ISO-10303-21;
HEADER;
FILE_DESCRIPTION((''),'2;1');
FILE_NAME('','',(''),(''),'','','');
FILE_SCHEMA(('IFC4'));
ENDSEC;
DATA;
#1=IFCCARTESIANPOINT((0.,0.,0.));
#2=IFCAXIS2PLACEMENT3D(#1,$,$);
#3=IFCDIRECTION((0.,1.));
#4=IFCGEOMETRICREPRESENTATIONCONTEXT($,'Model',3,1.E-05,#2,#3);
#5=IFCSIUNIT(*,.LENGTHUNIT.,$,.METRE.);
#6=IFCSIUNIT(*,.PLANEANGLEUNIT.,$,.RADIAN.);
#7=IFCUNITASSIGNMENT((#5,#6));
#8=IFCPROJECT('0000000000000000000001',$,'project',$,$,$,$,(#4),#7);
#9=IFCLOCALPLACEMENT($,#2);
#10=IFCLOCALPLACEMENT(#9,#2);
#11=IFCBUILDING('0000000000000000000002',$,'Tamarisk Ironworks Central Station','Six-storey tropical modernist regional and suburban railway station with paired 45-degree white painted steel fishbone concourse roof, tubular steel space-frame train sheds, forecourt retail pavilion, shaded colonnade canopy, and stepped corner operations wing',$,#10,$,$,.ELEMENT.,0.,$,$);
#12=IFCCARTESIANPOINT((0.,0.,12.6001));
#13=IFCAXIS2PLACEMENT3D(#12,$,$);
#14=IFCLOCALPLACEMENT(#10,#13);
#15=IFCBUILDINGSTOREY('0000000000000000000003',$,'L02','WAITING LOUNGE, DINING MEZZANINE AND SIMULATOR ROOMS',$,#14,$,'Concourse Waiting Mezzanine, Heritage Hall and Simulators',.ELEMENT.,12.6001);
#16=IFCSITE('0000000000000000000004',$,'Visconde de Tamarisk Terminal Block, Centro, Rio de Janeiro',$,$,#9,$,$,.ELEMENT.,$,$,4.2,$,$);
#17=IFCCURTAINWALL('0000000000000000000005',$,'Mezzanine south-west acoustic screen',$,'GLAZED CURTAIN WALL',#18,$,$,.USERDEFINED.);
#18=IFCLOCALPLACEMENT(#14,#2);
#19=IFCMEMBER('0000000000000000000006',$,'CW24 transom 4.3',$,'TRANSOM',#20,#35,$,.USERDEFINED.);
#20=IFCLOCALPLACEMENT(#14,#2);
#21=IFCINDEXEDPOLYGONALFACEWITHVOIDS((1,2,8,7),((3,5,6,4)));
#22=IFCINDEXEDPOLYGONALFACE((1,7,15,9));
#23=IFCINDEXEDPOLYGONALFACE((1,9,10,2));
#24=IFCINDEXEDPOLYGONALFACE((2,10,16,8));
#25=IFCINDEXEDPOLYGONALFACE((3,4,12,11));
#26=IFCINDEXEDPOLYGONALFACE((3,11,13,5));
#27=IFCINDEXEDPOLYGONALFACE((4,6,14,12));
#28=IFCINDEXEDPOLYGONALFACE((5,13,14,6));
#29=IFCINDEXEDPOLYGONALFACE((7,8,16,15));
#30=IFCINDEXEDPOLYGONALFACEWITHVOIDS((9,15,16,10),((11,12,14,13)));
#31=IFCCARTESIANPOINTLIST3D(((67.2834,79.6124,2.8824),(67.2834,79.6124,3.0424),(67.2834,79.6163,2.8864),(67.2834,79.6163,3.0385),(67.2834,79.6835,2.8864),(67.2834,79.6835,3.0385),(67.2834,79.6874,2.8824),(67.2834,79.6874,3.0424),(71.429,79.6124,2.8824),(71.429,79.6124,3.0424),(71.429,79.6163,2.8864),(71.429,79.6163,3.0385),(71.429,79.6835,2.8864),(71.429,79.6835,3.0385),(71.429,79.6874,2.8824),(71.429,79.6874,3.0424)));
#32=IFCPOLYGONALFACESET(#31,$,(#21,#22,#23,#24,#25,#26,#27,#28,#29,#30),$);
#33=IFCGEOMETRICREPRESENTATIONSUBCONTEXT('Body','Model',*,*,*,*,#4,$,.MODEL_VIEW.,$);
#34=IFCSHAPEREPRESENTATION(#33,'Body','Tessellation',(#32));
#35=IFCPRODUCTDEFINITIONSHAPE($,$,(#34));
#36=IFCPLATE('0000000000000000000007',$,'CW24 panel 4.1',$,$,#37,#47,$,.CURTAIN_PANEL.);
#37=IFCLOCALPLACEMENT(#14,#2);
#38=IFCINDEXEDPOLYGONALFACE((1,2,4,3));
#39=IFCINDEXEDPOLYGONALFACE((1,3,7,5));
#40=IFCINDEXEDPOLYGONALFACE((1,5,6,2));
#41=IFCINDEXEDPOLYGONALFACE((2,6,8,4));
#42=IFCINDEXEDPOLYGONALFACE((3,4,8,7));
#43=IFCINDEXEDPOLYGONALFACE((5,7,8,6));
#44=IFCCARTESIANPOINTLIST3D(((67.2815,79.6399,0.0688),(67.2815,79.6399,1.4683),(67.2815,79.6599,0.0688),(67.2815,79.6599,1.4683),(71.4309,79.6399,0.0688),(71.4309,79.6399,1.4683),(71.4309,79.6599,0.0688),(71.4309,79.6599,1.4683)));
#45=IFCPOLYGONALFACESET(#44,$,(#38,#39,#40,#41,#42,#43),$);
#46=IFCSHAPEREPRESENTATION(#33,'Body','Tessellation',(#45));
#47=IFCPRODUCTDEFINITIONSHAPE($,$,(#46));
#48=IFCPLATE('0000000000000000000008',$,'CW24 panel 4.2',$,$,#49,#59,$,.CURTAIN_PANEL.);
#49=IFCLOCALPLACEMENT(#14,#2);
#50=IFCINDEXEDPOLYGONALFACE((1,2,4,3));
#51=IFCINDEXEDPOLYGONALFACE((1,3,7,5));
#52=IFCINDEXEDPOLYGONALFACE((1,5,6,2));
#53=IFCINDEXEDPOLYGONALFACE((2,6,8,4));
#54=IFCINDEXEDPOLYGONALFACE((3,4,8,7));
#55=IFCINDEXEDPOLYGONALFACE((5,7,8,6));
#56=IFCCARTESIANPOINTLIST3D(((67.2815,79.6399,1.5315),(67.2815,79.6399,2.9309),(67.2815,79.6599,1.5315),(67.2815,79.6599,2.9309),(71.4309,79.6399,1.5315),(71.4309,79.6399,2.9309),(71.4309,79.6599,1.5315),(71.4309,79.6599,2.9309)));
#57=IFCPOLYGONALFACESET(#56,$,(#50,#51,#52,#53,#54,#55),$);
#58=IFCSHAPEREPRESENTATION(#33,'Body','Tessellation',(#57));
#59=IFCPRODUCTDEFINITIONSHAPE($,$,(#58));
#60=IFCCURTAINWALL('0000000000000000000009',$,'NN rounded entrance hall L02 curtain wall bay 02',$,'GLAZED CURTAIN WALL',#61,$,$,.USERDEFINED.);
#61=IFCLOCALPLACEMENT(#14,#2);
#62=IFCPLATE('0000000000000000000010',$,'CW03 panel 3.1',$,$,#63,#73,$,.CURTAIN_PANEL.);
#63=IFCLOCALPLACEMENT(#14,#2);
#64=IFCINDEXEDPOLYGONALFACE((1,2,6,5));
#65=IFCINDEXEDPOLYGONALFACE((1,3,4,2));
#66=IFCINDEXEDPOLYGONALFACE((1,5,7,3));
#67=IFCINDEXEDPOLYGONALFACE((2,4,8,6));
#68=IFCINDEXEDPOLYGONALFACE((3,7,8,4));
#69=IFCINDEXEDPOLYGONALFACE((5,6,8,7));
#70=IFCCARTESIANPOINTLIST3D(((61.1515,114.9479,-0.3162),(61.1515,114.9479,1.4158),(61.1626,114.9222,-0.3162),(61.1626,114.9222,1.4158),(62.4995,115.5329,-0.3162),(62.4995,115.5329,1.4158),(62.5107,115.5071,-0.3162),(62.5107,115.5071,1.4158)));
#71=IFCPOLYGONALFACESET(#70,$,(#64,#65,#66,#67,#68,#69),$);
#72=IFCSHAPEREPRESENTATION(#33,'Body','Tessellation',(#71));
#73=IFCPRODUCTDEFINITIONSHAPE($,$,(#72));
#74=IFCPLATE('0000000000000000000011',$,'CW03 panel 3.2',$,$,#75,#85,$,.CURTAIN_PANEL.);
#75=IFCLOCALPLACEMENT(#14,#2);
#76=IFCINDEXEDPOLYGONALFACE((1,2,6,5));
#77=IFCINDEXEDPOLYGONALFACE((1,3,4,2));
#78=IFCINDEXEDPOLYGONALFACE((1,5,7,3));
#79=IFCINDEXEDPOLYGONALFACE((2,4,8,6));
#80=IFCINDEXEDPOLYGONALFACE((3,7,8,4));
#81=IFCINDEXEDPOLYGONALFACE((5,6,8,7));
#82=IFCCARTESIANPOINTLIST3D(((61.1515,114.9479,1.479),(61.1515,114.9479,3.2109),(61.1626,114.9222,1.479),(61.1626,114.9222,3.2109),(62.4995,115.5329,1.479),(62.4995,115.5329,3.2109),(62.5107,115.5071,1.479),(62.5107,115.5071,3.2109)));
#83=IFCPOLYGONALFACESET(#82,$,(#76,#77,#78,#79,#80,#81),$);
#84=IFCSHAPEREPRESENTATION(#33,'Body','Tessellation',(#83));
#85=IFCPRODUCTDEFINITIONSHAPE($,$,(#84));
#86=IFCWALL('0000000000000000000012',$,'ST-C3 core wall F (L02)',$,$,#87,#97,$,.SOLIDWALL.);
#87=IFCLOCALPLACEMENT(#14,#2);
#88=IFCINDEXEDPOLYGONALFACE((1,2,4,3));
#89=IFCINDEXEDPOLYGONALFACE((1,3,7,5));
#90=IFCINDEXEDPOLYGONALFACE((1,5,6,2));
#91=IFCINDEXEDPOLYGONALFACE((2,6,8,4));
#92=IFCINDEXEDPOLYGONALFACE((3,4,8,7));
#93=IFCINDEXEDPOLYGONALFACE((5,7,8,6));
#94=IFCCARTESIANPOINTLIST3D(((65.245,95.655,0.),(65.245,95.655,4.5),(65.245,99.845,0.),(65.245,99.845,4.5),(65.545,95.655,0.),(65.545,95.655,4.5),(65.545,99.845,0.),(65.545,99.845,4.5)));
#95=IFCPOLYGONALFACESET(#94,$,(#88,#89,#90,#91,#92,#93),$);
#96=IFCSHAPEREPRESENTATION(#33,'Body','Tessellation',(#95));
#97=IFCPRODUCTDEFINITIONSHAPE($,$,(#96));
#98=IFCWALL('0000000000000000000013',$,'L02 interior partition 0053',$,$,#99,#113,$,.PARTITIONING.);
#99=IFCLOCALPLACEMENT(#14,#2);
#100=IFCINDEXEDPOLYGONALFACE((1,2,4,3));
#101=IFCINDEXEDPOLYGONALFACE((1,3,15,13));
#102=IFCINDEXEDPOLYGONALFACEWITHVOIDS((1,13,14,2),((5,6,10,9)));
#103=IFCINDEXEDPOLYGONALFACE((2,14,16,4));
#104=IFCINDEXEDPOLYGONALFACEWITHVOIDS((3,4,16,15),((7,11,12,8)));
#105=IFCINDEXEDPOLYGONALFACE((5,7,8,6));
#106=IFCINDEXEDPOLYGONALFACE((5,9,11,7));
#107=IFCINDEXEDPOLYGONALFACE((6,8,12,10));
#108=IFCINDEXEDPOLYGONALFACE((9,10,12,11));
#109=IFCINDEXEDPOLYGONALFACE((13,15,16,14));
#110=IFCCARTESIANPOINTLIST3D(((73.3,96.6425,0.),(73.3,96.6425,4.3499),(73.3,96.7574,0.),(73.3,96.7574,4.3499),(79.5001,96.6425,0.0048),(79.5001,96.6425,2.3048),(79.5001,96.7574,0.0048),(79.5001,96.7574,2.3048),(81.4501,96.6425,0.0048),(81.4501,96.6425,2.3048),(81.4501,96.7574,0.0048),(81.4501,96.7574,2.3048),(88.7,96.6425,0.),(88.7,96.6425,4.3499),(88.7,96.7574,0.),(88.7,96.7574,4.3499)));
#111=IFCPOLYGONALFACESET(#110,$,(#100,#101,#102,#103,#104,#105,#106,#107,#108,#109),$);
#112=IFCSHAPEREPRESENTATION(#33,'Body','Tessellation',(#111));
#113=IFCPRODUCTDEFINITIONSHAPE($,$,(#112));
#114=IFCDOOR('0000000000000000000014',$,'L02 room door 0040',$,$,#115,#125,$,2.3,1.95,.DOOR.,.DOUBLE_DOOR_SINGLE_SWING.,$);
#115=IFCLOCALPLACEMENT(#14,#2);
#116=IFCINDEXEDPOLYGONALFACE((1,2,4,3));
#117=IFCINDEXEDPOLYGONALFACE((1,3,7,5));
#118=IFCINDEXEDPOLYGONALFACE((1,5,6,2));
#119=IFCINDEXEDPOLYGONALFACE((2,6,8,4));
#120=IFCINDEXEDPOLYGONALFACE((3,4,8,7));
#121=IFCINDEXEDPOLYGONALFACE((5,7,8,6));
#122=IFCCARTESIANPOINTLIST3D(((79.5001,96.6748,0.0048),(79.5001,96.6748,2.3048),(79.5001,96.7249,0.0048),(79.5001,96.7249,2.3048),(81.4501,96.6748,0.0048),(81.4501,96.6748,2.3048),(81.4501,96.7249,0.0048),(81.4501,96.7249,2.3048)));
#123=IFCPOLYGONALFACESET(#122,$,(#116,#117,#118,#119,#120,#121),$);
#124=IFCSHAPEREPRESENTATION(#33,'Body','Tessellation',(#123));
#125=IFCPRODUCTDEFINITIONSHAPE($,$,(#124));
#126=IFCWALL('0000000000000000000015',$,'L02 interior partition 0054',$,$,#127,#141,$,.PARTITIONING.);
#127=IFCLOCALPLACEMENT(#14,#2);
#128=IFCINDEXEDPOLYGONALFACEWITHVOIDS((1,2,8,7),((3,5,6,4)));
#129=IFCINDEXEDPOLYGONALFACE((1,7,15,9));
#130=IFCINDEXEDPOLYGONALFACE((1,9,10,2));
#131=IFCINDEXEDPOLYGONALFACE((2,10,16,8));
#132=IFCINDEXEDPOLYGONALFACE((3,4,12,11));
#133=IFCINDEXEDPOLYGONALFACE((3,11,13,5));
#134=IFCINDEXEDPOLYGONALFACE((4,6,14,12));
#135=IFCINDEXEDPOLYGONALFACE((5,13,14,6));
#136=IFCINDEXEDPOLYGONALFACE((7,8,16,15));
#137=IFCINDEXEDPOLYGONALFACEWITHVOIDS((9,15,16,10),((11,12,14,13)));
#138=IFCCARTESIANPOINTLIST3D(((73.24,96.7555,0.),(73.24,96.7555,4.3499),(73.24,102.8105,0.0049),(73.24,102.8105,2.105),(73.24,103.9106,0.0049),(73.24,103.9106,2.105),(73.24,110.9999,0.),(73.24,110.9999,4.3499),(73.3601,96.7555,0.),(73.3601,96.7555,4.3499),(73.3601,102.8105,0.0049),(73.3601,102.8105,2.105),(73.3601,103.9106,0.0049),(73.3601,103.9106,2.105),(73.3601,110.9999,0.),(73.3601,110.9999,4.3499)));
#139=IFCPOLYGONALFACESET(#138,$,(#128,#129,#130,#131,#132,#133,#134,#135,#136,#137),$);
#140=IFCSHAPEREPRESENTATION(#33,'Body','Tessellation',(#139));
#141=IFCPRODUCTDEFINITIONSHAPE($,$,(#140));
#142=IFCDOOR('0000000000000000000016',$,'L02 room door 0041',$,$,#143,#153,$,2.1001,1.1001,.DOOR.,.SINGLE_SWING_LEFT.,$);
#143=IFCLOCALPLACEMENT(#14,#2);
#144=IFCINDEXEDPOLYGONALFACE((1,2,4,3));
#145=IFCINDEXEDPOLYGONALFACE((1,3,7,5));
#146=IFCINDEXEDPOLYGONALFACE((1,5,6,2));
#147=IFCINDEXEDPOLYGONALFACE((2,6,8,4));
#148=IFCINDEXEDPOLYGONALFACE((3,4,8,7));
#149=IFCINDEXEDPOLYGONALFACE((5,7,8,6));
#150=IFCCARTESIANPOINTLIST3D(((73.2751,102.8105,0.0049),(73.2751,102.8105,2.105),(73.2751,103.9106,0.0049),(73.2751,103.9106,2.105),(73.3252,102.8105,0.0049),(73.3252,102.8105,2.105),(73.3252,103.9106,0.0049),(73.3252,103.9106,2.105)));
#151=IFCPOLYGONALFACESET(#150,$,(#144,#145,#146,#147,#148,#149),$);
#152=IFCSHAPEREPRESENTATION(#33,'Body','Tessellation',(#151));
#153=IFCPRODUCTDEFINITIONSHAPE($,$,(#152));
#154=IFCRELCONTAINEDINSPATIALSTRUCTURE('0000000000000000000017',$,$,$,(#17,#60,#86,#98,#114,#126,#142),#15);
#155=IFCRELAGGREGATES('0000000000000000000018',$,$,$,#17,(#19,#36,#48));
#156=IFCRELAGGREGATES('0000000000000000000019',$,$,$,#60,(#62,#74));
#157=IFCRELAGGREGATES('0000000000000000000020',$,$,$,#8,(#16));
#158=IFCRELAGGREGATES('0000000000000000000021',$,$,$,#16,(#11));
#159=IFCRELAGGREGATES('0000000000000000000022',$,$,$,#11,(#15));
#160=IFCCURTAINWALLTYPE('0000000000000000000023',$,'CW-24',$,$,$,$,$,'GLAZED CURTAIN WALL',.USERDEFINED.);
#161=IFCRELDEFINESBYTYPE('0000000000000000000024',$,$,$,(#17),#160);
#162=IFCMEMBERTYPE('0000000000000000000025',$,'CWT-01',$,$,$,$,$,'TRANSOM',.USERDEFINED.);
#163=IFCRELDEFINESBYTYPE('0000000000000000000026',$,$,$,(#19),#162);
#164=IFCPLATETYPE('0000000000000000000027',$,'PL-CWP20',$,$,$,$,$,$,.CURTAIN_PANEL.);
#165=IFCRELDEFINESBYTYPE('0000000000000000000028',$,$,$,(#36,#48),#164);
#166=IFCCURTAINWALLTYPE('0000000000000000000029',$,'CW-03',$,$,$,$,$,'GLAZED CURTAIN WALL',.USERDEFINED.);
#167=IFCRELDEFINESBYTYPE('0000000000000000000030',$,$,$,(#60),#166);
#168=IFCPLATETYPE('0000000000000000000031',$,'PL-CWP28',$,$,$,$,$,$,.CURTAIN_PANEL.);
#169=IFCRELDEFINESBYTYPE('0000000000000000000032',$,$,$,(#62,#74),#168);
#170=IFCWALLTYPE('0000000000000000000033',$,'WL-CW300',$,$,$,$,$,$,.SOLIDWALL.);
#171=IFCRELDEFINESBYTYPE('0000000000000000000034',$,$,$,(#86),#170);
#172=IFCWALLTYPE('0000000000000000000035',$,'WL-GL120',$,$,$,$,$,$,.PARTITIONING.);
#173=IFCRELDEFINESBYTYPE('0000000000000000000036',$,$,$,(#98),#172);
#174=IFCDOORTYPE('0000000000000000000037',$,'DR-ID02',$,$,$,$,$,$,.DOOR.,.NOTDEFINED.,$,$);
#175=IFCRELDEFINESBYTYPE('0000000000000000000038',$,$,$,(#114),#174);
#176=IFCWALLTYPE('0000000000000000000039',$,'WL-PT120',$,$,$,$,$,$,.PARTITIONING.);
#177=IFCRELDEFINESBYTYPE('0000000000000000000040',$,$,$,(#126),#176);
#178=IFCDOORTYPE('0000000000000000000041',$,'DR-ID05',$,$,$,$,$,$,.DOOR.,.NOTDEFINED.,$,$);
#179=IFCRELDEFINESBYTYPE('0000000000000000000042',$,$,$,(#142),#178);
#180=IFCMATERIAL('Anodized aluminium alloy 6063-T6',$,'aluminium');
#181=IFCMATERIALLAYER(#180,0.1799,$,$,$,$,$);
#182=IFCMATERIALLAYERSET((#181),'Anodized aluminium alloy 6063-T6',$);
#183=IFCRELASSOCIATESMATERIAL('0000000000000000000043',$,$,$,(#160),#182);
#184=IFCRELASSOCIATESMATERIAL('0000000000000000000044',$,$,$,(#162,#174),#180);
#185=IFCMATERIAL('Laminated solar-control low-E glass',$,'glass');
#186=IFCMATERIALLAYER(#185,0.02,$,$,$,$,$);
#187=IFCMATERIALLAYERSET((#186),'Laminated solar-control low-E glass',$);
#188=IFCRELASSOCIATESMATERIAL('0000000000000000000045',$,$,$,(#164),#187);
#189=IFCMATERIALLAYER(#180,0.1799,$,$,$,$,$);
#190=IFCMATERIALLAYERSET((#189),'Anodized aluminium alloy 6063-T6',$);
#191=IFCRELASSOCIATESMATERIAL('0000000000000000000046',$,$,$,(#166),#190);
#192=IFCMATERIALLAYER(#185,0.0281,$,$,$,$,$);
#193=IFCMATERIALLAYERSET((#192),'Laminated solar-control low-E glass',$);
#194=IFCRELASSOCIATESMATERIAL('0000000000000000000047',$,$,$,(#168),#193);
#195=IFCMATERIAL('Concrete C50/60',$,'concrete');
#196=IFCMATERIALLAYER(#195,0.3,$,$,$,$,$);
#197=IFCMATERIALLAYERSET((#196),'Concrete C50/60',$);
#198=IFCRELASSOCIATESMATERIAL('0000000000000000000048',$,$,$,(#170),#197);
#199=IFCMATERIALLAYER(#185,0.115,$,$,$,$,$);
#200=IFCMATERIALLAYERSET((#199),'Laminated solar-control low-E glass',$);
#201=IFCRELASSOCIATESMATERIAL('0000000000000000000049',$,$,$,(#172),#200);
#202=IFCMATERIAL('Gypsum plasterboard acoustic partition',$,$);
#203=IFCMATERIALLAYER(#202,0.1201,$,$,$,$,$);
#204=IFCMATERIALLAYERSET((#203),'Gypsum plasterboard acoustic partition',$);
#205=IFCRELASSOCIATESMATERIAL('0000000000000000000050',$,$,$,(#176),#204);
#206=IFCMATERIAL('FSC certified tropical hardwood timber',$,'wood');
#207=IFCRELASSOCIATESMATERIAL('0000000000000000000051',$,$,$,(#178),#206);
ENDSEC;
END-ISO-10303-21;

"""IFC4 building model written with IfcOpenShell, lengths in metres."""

from ifc_helpers import new_model, si_unit, direction, frame, frame_2d, origin, origin_2d, place, context, subcontext, project, spatial, rectangle, hollow_rectangle, extrude, material, layer, layer_set, material_profile, profile_set, type_object, element, fill, aggregate, save


model = new_model("IFC4")

# Units and contexts
model_context = context("Model", 3, precision=1e-05, world=origin(), true_north=direction((0.0, 1.0)))
body_context = subcontext(model_context, "Body", "Model", "MODEL_VIEW")
ifc_project = project(units=[si_unit("LENGTHUNIT", "METRE"), si_unit("PLANEANGLEUNIT", "RADIAN")], contexts=[model_context])

# Site, building, storey
site_placement = place(None, origin())
site = spatial("IfcSite", under=ifc_project, at=site_placement, Name="Visconde de Tamarisk Terminal Block, Centro, Rio de Janeiro", CompositionType="ELEMENT", RefElevation=4.2)
building_placement = place(site_placement, origin())
building = spatial("IfcBuilding", under=site, at=building_placement, Name="Tamarisk Ironworks Central Station", Description="Six-storey tropical modernist regional and suburban railway station with paired 45-degree white painted steel fishbone concourse roof, tubular steel space-frame train sheds, forecourt retail pavilion, shaded colonnade canopy, and stepped corner operations wing", CompositionType="ELEMENT", ElevationOfRefHeight=0.0)
storey_placement = place(building_placement, frame((0.0, 0.0, 12.6001)))
storey = spatial("IfcBuildingStorey", under=building, at=storey_placement, Name="L02", Description="WAITING LOUNGE, DINING MEZZANINE AND SIMULATOR ROOMS", LongName="Concourse Waiting Mezzanine, Heritage Hall and Simulators", CompositionType="ELEMENT", Elevation=12.6001)

# Curtain wall, member, plates
ifc_material_1 = material(Name="Anodized aluminium alloy 6063-T6", Category="aluminium")
ifc_layer_1 = layer(ifc_material_1, 0.1799)
ifc_layer_set_1 = layer_set([ifc_layer_1], Name="Anodized aluminium alloy 6063-T6")
curtain_wall_type_1 = type_object("IfcCurtainWallType", Name="CW-24", ElementType="GLAZED CURTAIN WALL", PredefinedType="USERDEFINED", material=ifc_layer_set_1)
curtain_wall_1_placement = place(storey_placement, origin())
curtain_wall_1 = element("IfcCurtainWall", 1, at=curtain_wall_1_placement, inside=storey, type_object=curtain_wall_type_1, Name="Mezzanine south-west acoustic screen", ObjectType="GLAZED CURTAIN WALL", PredefinedType="USERDEFINED")
ifc_material_profile_1 = material_profile(ifc_material_1, hollow_rectangle(XDim=0.075, YDim=0.1599, WallThickness=0.0039, at=origin_2d()), Name="ALUM 160x75")
ifc_profile_set_1 = profile_set([ifc_material_profile_1], Name="Anodized aluminium alloy 6063-T6")
member_type_1 = type_object("IfcMemberType", Name="CWT-01", ElementType="TRANSOM", PredefinedType="USERDEFINED", material=ifc_profile_set_1)
member_1_placement = place(storey_placement, frame((67.2834, 79.6499, 2.9624), z_axis=(1.0, 0.0, 0.0), x_axis=(0.0, 1.0, 0.0)))
member_1 = element("IfcMember", 2, at=member_1_placement, type_object=member_type_1, Name="CW24 transom 4.3", ObjectType="TRANSOM", PredefinedType="USERDEFINED", context=body_context, shape_type="SweptSolid", body=[
    extrude(hollow_rectangle(XDim=0.075, YDim=0.1599, WallThickness=0.0039, at=origin_2d()), origin(), (0.0, 0.0, 1.0), 4.1455),
])
ifc_material_2 = material(Name="Laminated solar-control low-E glass", Category="glass")
ifc_layer_2 = layer(ifc_material_2, 0.02)
ifc_layer_set_2 = layer_set([ifc_layer_2], Name="Laminated solar-control low-E glass")
plate_type_1 = type_object("IfcPlateType", Name="PL-CWP20", PredefinedType="CURTAIN_PANEL", material=ifc_layer_set_2)
plate_1_placement = place(storey_placement, frame((69.3562, 79.6499, 0.0688), z_axis=(0.0, 0.0, 1.0), x_axis=(1.0, 0.0, 0.0)))
plate_1 = element("IfcPlate", 3, at=plate_1_placement, type_object=plate_type_1, Name="CW24 panel 4.1", PredefinedType="CURTAIN_PANEL", context=body_context, shape_type="SweptSolid", body=[
    extrude(rectangle(XDim=4.1494, YDim=0.02, at=origin_2d()), origin(), (0.0, 0.0, 1.0), 1.3994),
])
plate_2_placement = place(storey_placement, frame((69.3562, 79.6499, 1.5315), z_axis=(0.0, 0.0, 1.0), x_axis=(1.0, 0.0, 0.0)))
plate_2 = element("IfcPlate", 4, at=plate_2_placement, type_object=plate_type_1, Name="CW24 panel 4.2", PredefinedType="CURTAIN_PANEL", context=body_context, shape_type="SweptSolid", body=[
    extrude(rectangle(XDim=4.1494, YDim=0.02, at=origin_2d()), origin(), (0.0, 0.0, 1.0), 1.3994),
])
aggregate(curtain_wall_1, [member_1, plate_1, plate_2])

# Curtain wall, plates
ifc_layer_3 = layer(ifc_material_1, 0.1799)
ifc_layer_set_3 = layer_set([ifc_layer_3], Name="Anodized aluminium alloy 6063-T6")
curtain_wall_type_2 = type_object("IfcCurtainWallType", Name="CW-03", ElementType="GLAZED CURTAIN WALL", PredefinedType="USERDEFINED", material=ifc_layer_set_3)
curtain_wall_2_placement = place(storey_placement, origin())
curtain_wall_2 = element("IfcCurtainWall", 5, at=curtain_wall_2_placement, inside=storey, type_object=curtain_wall_type_2, Name="NN rounded entrance hall L02 curtain wall bay 02", ObjectType="GLAZED CURTAIN WALL", PredefinedType="USERDEFINED")
ifc_layer_4 = layer(ifc_material_2, 0.0281)
ifc_layer_set_4 = layer_set([ifc_layer_4], Name="Laminated solar-control low-E glass")
plate_type_2 = type_object("IfcPlateType", Name="PL-CWP28", PredefinedType="CURTAIN_PANEL", material=ifc_layer_set_4)
plate_3_placement = place(storey_placement, frame((61.8311, 115.2275, -0.3162), z_axis=(0.0, 0.0, 1.0), x_axis=(0.917352, 0.398077, 0.0)))
plate_3 = element("IfcPlate", 6, at=plate_3_placement, type_object=plate_type_2, Name="CW03 panel 3.1", PredefinedType="CURTAIN_PANEL", context=body_context, shape_type="SweptSolid", body=[
    extrude(rectangle(XDim=1.4695, YDim=0.0281, at=origin_2d()), origin(), (0.0, 0.0, 1.0), 1.7319),
])
plate_4_placement = place(storey_placement, frame((61.8311, 115.2275, 1.479), z_axis=(0.0, 0.0, 1.0), x_axis=(0.917352, 0.398077, 0.0)))
plate_4 = element("IfcPlate", 7, at=plate_4_placement, type_object=plate_type_2, Name="CW03 panel 3.2", PredefinedType="CURTAIN_PANEL", context=body_context, shape_type="SweptSolid", body=[
    extrude(rectangle(XDim=1.4695, YDim=0.0281, at=origin_2d()), origin(), (0.0, 0.0, 1.0), 1.7319),
])
aggregate(curtain_wall_2, [plate_3, plate_4])

# Wall
ifc_material_3 = material(Name="Concrete C50/60", Category="concrete")
ifc_layer_5 = layer(ifc_material_3, 0.3)
ifc_layer_set_5 = layer_set([ifc_layer_5], Name="Concrete C50/60")
wall_type_1 = type_object("IfcWallType", Name="WL-CW300", PredefinedType="SOLIDWALL", material=ifc_layer_set_5)
wall_1_placement = place(storey_placement, frame((65.395, 95.655, 0.0), z_axis=(0.0, 0.0, 1.0), x_axis=(0.0, 1.0, 0.0)))
element("IfcWall", 8, at=wall_1_placement, inside=storey, type_object=wall_type_1, Name="ST-C3 core wall F (L02)", PredefinedType="SOLIDWALL", context=body_context, shape_type="SweptSolid", body=[
    extrude(rectangle(XDim=4.1899, YDim=0.3, at=frame_2d((2.095, 0.0))), origin(), (0.0, 0.0, 1.0), 4.5),
])

# Walls, openings, doors
ifc_layer_6 = layer(ifc_material_2, 0.115)
ifc_layer_set_6 = layer_set([ifc_layer_6], Name="Laminated solar-control low-E glass")
wall_type_2 = type_object("IfcWallType", Name="WL-GL120", PredefinedType="PARTITIONING", material=ifc_layer_set_6)
wall_2_placement = place(storey_placement, frame((73.3, 96.7, 0.0), z_axis=(0.0, 0.0, 1.0), x_axis=(1.0, 0.0, 0.0)))
wall_2 = element("IfcWall", 9, at=wall_2_placement, inside=storey, type_object=wall_type_2, Name="L02 interior partition 0053", PredefinedType="PARTITIONING", context=body_context, shape_type="SweptSolid", body=[
    extrude(rectangle(XDim=15.3999, YDim=0.115, at=frame_2d((7.7, 0.0))), origin(), (0.0, 0.0, 1.0), 4.3499),
])
opening_1_placement = place(wall_2_placement, frame((6.2, 0.0, 0.0049)))
opening_1 = element("IfcOpeningElement", 10, at=opening_1_placement, cuts=wall_2, PredefinedType="OPENING", context=body_context, shape_type="SweptSolid", body=[
    extrude(rectangle(XDim=1.95, YDim=2.3, at=frame_2d((0.9751, 1.1499))), frame((0.0, 0.0693, 0.0), z_axis=(0.0, -1.0, 0.0), x_axis=(1.0, 0.0, 0.0)), (0.0, 0.0, 1.0), 0.1389),
])
door_type_1 = type_object("IfcDoorType", Name="DR-ID02", OperationType="NOTDEFINED", PredefinedType="DOOR", material=ifc_material_1)
door_1_placement = place(opening_1_placement, origin())
door_1 = element("IfcDoor", 11, at=door_1_placement, inside=storey, type_object=door_type_1, Name="L02 room door 0040", OperationType="DOUBLE_DOOR_SINGLE_SWING", OverallHeight=2.3, OverallWidth=1.95, PredefinedType="DOOR", context=body_context, shape_type="SweptSolid", body=[
    extrude(rectangle(XDim=1.95, YDim=2.3, at=frame_2d((0.9751, 1.1499))), frame((0.0, 0.0249, 0.0), z_axis=(0.0, -1.0, 0.0), x_axis=(1.0, 0.0, 0.0)), (0.0, 0.0, 1.0), 0.05),
])
fill(opening_1, door_1)
ifc_material_4 = material(Name="Gypsum plasterboard acoustic partition")
ifc_layer_7 = layer(ifc_material_4, 0.1201)
ifc_layer_set_7 = layer_set([ifc_layer_7], Name="Gypsum plasterboard acoustic partition")
wall_type_3 = type_object("IfcWallType", Name="WL-PT120", PredefinedType="PARTITIONING", material=ifc_layer_set_7)
wall_3_placement = place(storey_placement, frame((73.3, 96.7556, 0.0), z_axis=(0.0, 0.0, 1.0), x_axis=(0.0, 1.0, 0.0)))
wall_3 = element("IfcWall", 12, at=wall_3_placement, inside=storey, type_object=wall_type_3, Name="L02 interior partition 0054", PredefinedType="PARTITIONING", context=body_context, shape_type="SweptSolid", body=[
    extrude(rectangle(XDim=14.2444, YDim=0.1201, at=frame_2d((7.1221, 0.0))), origin(), (0.0, 0.0, 1.0), 4.3499),
])
opening_2_placement = place(wall_3_placement, frame((6.0549, 0.0, 0.0049)))
opening_2 = element("IfcOpeningElement", 13, at=opening_2_placement, cuts=wall_3, PredefinedType="OPENING", context=body_context, shape_type="SweptSolid", body=[
    extrude(rectangle(XDim=1.1001, YDim=2.1001, at=frame_2d((0.55, 1.05))), frame((0.0, 0.072, 0.0), z_axis=(0.0, -1.0, 0.0), x_axis=(1.0, 0.0, 0.0)), (0.0, 0.0, 1.0), 0.144),
])
ifc_material_5 = material(Name="FSC certified tropical hardwood timber", Category="wood")
door_type_2 = type_object("IfcDoorType", Name="DR-ID05", OperationType="NOTDEFINED", PredefinedType="DOOR", material=ifc_material_5)
door_2_placement = place(opening_2_placement, origin())
door_2 = element("IfcDoor", 14, at=door_2_placement, inside=storey, type_object=door_type_2, Name="L02 room door 0041", OperationType="SINGLE_SWING_LEFT", OverallHeight=2.1001, OverallWidth=1.1001, PredefinedType="DOOR", context=body_context, shape_type="SweptSolid", body=[
    extrude(rectangle(XDim=1.1001, YDim=2.1001, at=frame_2d((0.55, 1.05))), frame((0.0, 0.0249, 0.0), z_axis=(0.0, -1.0, 0.0), x_axis=(1.0, 0.0, 0.0)), (0.0, 0.0, 1.0), 0.05),
])
fill(opening_2, door_2)

save(model, "model.ifc")
